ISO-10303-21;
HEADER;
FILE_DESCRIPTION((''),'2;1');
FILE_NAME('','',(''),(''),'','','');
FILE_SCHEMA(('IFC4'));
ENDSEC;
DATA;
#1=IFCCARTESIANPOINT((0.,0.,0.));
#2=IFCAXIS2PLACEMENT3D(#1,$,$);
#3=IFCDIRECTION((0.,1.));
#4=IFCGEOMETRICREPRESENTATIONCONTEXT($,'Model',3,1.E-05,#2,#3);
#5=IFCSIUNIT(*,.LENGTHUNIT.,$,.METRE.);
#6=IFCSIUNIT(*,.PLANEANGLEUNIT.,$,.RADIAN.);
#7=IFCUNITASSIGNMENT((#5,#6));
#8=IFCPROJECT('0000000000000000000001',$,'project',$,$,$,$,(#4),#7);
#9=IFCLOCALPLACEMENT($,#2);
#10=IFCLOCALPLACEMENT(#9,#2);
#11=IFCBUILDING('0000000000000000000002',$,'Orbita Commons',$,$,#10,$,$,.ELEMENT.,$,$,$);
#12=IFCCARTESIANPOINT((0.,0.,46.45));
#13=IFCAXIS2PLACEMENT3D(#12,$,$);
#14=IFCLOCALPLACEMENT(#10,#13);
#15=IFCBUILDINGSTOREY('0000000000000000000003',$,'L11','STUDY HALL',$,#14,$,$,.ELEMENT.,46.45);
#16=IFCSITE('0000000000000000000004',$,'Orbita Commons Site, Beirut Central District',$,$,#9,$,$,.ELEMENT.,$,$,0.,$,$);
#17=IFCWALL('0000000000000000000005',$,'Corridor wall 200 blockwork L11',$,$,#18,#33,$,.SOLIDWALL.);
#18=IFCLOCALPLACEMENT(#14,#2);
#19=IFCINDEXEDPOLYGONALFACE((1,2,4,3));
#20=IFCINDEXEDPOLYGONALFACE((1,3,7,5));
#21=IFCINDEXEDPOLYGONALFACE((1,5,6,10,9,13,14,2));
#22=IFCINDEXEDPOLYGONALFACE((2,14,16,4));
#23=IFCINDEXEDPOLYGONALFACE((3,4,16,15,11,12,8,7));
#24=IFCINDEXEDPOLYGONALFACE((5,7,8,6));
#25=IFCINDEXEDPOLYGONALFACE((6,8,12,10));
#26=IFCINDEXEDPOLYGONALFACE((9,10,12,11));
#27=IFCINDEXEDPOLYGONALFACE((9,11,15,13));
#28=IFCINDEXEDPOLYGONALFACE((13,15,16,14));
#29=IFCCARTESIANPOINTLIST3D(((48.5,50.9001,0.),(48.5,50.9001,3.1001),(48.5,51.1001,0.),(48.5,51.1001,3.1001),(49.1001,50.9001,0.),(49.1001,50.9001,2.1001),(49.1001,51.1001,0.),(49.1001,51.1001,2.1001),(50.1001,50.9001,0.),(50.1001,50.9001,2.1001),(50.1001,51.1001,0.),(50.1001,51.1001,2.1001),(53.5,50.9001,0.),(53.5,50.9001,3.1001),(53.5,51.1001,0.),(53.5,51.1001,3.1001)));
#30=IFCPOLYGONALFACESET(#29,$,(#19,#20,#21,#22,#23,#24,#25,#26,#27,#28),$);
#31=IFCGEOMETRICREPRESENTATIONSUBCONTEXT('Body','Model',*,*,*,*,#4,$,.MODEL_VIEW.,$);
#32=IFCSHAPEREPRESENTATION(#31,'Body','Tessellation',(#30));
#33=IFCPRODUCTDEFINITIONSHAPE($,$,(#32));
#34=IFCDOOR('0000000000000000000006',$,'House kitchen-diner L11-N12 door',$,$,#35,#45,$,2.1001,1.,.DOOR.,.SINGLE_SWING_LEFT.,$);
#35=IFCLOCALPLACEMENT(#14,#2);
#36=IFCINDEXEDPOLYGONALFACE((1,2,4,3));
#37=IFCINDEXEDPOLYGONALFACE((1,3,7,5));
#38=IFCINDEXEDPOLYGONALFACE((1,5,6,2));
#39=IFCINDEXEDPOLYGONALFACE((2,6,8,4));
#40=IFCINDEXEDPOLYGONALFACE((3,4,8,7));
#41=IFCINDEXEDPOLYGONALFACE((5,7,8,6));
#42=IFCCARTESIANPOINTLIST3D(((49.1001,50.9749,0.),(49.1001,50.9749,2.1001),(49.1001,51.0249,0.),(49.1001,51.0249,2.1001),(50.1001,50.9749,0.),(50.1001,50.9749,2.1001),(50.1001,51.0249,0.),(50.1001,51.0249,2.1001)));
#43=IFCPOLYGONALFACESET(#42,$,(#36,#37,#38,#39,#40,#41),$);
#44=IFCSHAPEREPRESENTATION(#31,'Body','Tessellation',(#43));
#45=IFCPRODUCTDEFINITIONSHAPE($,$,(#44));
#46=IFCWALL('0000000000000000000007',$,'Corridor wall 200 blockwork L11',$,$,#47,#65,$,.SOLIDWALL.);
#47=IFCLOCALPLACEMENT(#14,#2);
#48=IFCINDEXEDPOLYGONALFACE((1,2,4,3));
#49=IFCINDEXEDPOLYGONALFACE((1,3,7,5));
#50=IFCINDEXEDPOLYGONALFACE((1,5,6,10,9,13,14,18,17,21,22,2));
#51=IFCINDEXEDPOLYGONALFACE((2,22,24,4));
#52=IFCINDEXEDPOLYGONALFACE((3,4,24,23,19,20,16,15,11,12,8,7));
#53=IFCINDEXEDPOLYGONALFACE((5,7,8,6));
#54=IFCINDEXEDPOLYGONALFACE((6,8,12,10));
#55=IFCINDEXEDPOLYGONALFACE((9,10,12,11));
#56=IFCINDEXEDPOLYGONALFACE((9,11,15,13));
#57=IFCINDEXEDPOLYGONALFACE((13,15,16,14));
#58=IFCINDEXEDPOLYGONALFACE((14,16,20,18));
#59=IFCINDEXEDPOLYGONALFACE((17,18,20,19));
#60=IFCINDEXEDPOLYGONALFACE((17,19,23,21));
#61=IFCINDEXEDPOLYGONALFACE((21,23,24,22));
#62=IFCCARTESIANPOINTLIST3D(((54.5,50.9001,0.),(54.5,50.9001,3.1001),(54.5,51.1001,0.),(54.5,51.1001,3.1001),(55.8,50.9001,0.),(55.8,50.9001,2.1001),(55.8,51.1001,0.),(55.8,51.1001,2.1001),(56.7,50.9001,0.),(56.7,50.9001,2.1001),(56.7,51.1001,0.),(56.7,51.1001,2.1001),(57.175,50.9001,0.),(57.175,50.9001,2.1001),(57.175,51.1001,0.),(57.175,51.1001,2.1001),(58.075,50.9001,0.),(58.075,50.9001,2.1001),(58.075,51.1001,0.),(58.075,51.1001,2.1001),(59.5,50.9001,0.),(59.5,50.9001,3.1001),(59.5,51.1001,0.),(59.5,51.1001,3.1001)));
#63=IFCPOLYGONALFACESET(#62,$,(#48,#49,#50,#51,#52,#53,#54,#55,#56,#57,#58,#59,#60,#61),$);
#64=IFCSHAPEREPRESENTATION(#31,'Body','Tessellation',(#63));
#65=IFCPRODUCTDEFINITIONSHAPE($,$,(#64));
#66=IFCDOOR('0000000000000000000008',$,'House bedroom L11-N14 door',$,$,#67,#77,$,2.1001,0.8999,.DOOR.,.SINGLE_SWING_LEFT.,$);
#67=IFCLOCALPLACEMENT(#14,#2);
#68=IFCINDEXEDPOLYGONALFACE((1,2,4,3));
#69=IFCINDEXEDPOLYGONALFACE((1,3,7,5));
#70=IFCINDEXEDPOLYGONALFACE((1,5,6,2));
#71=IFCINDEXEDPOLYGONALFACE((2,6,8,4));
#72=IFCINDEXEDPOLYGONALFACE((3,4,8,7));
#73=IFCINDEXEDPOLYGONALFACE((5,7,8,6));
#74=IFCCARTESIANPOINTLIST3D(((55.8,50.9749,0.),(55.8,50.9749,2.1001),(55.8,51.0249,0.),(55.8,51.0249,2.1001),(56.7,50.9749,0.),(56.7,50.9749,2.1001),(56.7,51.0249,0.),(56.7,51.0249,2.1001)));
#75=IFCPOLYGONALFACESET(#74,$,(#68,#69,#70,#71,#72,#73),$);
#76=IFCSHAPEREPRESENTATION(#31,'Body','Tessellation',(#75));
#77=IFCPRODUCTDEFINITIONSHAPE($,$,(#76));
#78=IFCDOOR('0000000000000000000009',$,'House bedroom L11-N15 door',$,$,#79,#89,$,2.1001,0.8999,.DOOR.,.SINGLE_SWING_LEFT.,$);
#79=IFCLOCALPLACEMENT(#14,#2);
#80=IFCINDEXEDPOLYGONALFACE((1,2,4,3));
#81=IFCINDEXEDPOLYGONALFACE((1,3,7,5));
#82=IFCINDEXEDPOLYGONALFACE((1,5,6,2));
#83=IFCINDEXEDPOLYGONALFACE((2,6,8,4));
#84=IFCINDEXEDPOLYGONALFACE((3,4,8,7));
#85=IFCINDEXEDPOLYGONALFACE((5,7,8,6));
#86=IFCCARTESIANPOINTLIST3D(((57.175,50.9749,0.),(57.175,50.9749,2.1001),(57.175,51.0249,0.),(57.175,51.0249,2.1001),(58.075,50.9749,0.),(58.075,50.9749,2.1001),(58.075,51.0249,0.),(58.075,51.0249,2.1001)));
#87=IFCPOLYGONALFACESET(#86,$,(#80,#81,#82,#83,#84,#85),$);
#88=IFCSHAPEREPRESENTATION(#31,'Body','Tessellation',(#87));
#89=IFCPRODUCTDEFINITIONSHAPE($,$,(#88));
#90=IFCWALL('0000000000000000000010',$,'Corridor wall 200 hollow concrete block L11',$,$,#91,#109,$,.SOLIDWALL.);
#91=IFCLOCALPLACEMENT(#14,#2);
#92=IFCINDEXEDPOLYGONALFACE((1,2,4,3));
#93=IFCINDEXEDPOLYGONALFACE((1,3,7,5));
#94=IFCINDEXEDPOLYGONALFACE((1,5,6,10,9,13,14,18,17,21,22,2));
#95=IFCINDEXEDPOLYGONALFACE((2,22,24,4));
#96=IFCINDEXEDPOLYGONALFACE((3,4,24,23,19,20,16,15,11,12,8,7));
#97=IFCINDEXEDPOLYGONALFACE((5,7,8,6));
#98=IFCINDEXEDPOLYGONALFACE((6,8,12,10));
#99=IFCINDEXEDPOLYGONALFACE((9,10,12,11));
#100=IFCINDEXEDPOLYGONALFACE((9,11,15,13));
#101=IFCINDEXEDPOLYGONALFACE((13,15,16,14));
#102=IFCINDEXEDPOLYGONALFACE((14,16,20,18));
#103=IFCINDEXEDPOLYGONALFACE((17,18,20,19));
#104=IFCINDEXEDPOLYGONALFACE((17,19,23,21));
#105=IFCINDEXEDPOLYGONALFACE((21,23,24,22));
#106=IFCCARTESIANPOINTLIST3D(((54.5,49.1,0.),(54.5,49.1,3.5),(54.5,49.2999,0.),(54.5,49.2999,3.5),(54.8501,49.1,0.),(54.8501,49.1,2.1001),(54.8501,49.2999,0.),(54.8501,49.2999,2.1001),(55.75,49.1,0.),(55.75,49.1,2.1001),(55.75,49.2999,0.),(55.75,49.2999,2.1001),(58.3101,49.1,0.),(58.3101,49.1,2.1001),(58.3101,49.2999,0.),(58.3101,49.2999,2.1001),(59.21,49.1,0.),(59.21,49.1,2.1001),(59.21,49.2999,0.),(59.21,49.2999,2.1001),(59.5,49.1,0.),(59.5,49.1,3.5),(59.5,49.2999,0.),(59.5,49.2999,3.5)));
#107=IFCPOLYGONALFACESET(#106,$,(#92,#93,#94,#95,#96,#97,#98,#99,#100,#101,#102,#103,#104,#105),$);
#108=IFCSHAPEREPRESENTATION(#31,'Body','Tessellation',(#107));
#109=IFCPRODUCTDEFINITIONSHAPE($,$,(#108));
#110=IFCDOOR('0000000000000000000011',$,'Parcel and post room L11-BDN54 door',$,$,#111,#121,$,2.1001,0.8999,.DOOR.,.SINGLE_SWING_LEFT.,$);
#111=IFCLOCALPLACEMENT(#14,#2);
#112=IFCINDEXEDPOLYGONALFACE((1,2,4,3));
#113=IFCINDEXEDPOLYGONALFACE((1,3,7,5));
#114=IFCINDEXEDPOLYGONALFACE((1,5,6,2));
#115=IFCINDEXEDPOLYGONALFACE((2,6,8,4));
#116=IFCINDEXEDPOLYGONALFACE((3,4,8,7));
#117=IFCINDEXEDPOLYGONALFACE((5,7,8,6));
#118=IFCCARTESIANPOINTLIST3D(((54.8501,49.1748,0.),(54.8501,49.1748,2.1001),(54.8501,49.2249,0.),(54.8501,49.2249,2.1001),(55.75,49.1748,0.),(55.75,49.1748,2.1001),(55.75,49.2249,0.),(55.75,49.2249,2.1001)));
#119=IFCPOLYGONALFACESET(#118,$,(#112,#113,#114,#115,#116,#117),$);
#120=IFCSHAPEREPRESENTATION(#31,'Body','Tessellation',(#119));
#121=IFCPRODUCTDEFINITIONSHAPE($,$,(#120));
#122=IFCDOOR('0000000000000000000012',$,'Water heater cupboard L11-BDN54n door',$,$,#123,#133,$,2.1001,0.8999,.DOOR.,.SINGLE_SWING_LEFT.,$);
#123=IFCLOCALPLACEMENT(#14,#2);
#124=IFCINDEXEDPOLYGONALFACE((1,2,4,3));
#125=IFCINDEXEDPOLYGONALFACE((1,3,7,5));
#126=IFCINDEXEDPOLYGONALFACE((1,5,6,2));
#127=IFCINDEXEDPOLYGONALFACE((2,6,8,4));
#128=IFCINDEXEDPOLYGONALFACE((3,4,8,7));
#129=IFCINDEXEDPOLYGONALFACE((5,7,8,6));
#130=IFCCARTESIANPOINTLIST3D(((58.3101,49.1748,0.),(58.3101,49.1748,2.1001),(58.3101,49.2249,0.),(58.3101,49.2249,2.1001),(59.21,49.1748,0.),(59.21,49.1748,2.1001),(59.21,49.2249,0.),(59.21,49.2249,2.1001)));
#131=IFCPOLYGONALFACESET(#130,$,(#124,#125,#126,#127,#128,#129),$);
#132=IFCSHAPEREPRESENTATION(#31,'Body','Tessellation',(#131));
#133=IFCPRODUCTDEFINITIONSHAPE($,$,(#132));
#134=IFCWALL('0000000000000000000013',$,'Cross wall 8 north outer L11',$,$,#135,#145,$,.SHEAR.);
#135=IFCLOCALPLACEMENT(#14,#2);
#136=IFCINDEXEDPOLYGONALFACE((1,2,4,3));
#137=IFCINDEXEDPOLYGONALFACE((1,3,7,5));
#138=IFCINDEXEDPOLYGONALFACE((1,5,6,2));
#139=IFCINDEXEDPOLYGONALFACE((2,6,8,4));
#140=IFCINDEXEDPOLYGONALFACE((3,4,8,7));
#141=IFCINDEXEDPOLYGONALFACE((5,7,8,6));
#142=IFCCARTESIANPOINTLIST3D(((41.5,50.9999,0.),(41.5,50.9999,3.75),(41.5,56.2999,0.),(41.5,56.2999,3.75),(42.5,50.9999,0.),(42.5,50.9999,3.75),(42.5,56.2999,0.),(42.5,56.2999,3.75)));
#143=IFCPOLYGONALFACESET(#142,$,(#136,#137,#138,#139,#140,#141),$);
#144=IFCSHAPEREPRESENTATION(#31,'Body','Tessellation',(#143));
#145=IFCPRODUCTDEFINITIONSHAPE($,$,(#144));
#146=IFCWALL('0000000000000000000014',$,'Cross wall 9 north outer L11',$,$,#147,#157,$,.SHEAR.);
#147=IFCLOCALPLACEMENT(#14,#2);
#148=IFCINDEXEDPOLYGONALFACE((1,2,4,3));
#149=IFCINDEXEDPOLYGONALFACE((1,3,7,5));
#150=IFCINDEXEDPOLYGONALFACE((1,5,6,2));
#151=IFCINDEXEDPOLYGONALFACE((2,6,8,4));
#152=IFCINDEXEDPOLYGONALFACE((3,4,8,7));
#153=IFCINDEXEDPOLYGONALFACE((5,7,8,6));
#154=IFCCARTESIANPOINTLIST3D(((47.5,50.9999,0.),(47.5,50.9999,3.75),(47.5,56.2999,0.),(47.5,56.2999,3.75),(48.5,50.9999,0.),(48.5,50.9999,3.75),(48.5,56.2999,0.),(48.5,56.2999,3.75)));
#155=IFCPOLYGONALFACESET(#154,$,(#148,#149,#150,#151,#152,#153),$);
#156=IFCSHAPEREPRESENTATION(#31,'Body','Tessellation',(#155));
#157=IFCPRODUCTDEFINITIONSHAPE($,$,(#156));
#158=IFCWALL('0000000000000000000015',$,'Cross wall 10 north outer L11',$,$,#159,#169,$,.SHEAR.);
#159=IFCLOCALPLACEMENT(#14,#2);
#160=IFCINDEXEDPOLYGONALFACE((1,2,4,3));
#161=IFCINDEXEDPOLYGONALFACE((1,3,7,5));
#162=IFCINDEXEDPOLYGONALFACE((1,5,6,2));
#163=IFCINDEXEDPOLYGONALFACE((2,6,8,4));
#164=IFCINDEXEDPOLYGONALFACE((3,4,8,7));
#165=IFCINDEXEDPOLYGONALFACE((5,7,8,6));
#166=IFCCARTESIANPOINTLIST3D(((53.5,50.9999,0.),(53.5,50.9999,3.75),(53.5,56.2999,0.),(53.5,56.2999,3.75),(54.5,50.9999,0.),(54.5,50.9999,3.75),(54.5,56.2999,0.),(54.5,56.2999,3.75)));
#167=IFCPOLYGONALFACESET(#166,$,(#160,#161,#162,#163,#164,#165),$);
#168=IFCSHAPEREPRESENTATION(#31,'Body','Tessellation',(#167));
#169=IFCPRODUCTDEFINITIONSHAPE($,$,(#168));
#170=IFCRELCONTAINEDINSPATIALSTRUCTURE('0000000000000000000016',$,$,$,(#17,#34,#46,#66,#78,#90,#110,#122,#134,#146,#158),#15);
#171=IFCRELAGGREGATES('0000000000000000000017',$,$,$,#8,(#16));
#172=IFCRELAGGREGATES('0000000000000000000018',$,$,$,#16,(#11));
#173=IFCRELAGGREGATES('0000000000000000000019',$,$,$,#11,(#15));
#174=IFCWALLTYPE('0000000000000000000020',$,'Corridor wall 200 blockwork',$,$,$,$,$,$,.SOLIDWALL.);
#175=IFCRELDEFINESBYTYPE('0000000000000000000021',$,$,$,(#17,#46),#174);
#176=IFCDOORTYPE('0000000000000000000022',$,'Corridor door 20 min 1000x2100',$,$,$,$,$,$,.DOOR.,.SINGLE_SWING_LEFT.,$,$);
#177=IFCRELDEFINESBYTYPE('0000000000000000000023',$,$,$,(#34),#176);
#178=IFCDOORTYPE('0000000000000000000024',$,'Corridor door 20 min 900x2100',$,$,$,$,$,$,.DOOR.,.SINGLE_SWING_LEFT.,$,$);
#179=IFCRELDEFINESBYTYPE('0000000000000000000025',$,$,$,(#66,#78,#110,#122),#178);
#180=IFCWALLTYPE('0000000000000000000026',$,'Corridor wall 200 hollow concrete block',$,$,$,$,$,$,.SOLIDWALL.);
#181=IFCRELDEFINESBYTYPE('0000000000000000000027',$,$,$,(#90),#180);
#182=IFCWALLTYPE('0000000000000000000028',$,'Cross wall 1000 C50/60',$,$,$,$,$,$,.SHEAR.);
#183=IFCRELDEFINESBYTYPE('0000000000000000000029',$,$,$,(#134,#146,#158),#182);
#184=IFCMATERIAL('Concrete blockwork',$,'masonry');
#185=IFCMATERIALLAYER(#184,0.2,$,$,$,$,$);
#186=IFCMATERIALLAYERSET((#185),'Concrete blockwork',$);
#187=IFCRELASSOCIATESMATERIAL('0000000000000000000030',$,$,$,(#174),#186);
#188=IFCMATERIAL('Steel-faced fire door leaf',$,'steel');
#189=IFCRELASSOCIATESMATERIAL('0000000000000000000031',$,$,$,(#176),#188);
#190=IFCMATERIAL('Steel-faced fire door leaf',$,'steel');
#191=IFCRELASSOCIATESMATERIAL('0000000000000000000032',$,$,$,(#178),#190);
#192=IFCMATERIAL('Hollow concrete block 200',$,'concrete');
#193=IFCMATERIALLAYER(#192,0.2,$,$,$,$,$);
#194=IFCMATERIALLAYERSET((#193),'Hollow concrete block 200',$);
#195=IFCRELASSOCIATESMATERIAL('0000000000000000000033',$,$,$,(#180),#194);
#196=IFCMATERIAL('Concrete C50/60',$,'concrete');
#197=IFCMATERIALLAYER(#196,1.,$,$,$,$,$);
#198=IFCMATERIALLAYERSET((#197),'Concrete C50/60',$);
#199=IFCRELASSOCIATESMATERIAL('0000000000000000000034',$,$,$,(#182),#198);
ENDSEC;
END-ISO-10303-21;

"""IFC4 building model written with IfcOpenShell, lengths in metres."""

from ifc_helpers import new_model, si_unit, direction, frame, frame_2d, origin, place, context, subcontext, project, spatial, polyline, rectangle, outline, extrude, material, layer, layer_set, type_object, element, fill, save


model = new_model("IFC4")

# Units and contexts
model_context = context("Model", 3, precision=1e-05, world=origin(), true_north=direction((0.0, 1.0)))
body_context = subcontext(model_context, "Body", "Model", "MODEL_VIEW")
ifc_project = project(units=[si_unit("LENGTHUNIT", "METRE"), si_unit("PLANEANGLEUNIT", "RADIAN")], contexts=[model_context])

# Site, building, storey
site_placement = place(None, origin())
site = spatial("IfcSite", under=ifc_project, at=site_placement, Name="Orbita Commons Site, Beirut Central District", CompositionType="ELEMENT", RefElevation=0.0)
building_placement = place(site_placement, origin())
building = spatial("IfcBuilding", under=site, at=building_placement, Name="Orbita Commons", CompositionType="ELEMENT")
storey_placement = place(building_placement, frame((0.0, 0.0, 46.45)))
storey = spatial("IfcBuildingStorey", under=building, at=storey_placement, Name="L11", Description="STUDY HALL", CompositionType="ELEMENT", Elevation=46.45)

# Wall, opening, door
ifc_material_1 = material(Name="Concrete blockwork", Category="masonry")
ifc_layer_1 = layer(ifc_material_1, 0.2)
ifc_layer_set_1 = layer_set([ifc_layer_1], Name="Concrete blockwork")
wall_type_1 = type_object("IfcWallType", Name="Corridor wall 200 blockwork", PredefinedType="SOLIDWALL", material=ifc_layer_set_1)
ifc_material_2 = material(Name="Steel-faced fire door leaf", Category="steel")
door_type_1 = type_object("IfcDoorType", Name="Corridor door 20 min 1000x2100", OperationType="SINGLE_SWING_LEFT", PredefinedType="DOOR", material=ifc_material_2)
wall_1_placement = place(storey_placement, frame((48.5, 51.0, 0.0), z_axis=(0.0, 0.0, 1.0), x_axis=(1.0, 0.0, 0.0)))
wall_1 = element("IfcWall", 1, at=wall_1_placement, inside=storey, type_object=wall_type_1, Name="Corridor wall 200 blockwork L11", PredefinedType="SOLIDWALL", context=body_context, shape_type="SweptSolid", body=[
    extrude(outline(polyline([(0.0, 0.0), (5.0, 0.0), (5.0, 3.1001), (0.0, 3.1001), (0.0, 0.0)])), frame((0.0, 0.1001, 0.0), z_axis=(0.0, -1.0, 0.0), x_axis=(1.0, 0.0, 0.0)), (0.0, 0.0, 1.0), 0.2),
])
opening_1_placement = place(wall_1_placement, frame((0.6001, 0.0, 0.0)))
opening_1 = element("IfcOpeningElement", 2, at=opening_1_placement, cuts=wall_1, PredefinedType="OPENING", context=body_context, shape_type="SweptSolid", body=[
    extrude(rectangle(XDim=1.0, YDim=2.1001, at=frame_2d((0.5, 1.05))), frame((0.0, 0.1099, 0.0), z_axis=(0.0, -1.0, 0.0), x_axis=(1.0, 0.0, 0.0)), (0.0, 0.0, 1.0), 0.22),
])
door_1_placement = place(opening_1_placement, origin())
door_1 = element("IfcDoor", 3, at=door_1_placement, inside=storey, type_object=door_type_1, Name="House kitchen-diner L11-N12 door", OperationType="SINGLE_SWING_LEFT", OverallHeight=2.1001, OverallWidth=1.0, PredefinedType="DOOR", context=body_context, shape_type="SweptSolid", body=[
    extrude(rectangle(XDim=1.0, YDim=2.1001, at=frame_2d((0.5, 1.05))), frame((0.0, 0.0249, 0.0), z_axis=(0.0, -1.0, 0.0), x_axis=(1.0, 0.0, 0.0)), (0.0, 0.0, 1.0), 0.05),
])
fill(opening_1, door_1)

# Walls, openings, doors
wall_2_placement = place(storey_placement, frame((54.5, 51.0, 0.0), z_axis=(0.0, 0.0, 1.0), x_axis=(1.0, 0.0, 0.0)))
wall_2 = element("IfcWall", 4, at=wall_2_placement, inside=storey, type_object=wall_type_1, Name="Corridor wall 200 blockwork L11", PredefinedType="SOLIDWALL", context=body_context, shape_type="SweptSolid", body=[
    extrude(outline(polyline([(0.0, 0.0), (5.0, 0.0), (5.0, 3.1001), (0.0, 3.1001), (0.0, 0.0)])), frame((0.0, 0.1001, 0.0), z_axis=(0.0, -1.0, 0.0), x_axis=(1.0, 0.0, 0.0)), (0.0, 0.0, 1.0), 0.2),
])
opening_2_placement = place(wall_2_placement, frame((1.3, 0.0, 0.0)))
opening_2 = element("IfcOpeningElement", 5, at=opening_2_placement, cuts=wall_2, PredefinedType="OPENING", context=body_context, shape_type="SweptSolid", body=[
    extrude(rectangle(XDim=0.8999, YDim=2.1001, at=frame_2d((0.45, 1.05))), frame((0.0, 0.1099, 0.0), z_axis=(0.0, -1.0, 0.0), x_axis=(1.0, 0.0, 0.0)), (0.0, 0.0, 1.0), 0.22),
])
opening_3_placement = place(wall_2_placement, frame((2.675, 0.0, 0.0)))
opening_3 = element("IfcOpeningElement", 6, at=opening_3_placement, cuts=wall_2, PredefinedType="OPENING", context=body_context, shape_type="SweptSolid", body=[
    extrude(rectangle(XDim=0.8999, YDim=2.1001, at=frame_2d((0.45, 1.05))), frame((0.0, 0.1099, 0.0), z_axis=(0.0, -1.0, 0.0), x_axis=(1.0, 0.0, 0.0)), (0.0, 0.0, 1.0), 0.22),
])
ifc_material_3 = material(Name="Steel-faced fire door leaf", Category="steel")
door_type_2 = type_object("IfcDoorType", Name="Corridor door 20 min 900x2100", OperationType="SINGLE_SWING_LEFT", PredefinedType="DOOR", material=ifc_material_3)
door_2_placement = place(opening_2_placement, origin())
door_2 = element("IfcDoor", 7, at=door_2_placement, inside=storey, type_object=door_type_2, Name="House bedroom L11-N14 door", OperationType="SINGLE_SWING_LEFT", OverallHeight=2.1001, OverallWidth=0.8999, PredefinedType="DOOR", context=body_context, shape_type="SweptSolid", body=[
    extrude(rectangle(XDim=0.8999, YDim=2.1001, at=frame_2d((0.45, 1.05))), frame((0.0, 0.0249, 0.0), z_axis=(0.0, -1.0, 0.0), x_axis=(1.0, 0.0, 0.0)), (0.0, 0.0, 1.0), 0.05),
])
fill(opening_2, door_2)
door_3_placement = place(opening_3_placement, origin())
door_3 = element("IfcDoor", 8, at=door_3_placement, inside=storey, type_object=door_type_2, Name="House bedroom L11-N15 door", OperationType="SINGLE_SWING_LEFT", OverallHeight=2.1001, OverallWidth=0.8999, PredefinedType="DOOR", context=body_context, shape_type="SweptSolid", body=[
    extrude(rectangle(XDim=0.8999, YDim=2.1001, at=frame_2d((0.45, 1.05))), frame((0.0, 0.0249, 0.0), z_axis=(0.0, -1.0, 0.0), x_axis=(1.0, 0.0, 0.0)), (0.0, 0.0, 1.0), 0.05),
])
fill(opening_3, door_3)
ifc_material_4 = material(Name="Hollow concrete block 200", Category="concrete")
ifc_layer_2 = layer(ifc_material_4, 0.2)
ifc_layer_set_2 = layer_set([ifc_layer_2], Name="Hollow concrete block 200")
wall_type_2 = type_object("IfcWallType", Name="Corridor wall 200 hollow concrete block", PredefinedType="SOLIDWALL", material=ifc_layer_set_2)
wall_3_placement = place(storey_placement, frame((54.5, 49.2, 0.0), z_axis=(0.0, 0.0, 1.0), x_axis=(1.0, 0.0, 0.0)))
wall_3 = element("IfcWall", 9, at=wall_3_placement, inside=storey, type_object=wall_type_2, Name="Corridor wall 200 hollow concrete block L11", PredefinedType="SOLIDWALL", context=body_context, shape_type="SweptSolid", body=[
    extrude(rectangle(XDim=5.0, YDim=0.2, at=frame_2d((2.5, 0.0))), origin(), (0.0, 0.0, 1.0), 3.5),
])
opening_4_placement = place(wall_3_placement, frame((0.3501, 0.0, 0.0)))
opening_4 = element("IfcOpeningElement", 10, at=opening_4_placement, cuts=wall_3, PredefinedType="OPENING", context=body_context, shape_type="SweptSolid", body=[
    extrude(rectangle(XDim=0.8999, YDim=2.1001, at=frame_2d((0.45, 1.05))), frame((0.0, 0.1099, 0.0), z_axis=(0.0, -1.0, 0.0), x_axis=(1.0, 0.0, 0.0)), (0.0, 0.0, 1.0), 0.22),
])
opening_5_placement = place(wall_3_placement, frame((3.8101, 0.0, 0.0)))
opening_5 = element("IfcOpeningElement", 11, at=opening_5_placement, cuts=wall_3, PredefinedType="OPENING", context=body_context, shape_type="SweptSolid", body=[
    extrude(rectangle(XDim=0.8999, YDim=2.1001, at=frame_2d((0.45, 1.05))), frame((0.0, 0.1099, 0.0), z_axis=(0.0, -1.0, 0.0), x_axis=(1.0, 0.0, 0.0)), (0.0, 0.0, 1.0), 0.22),
])
door_4_placement = place(opening_4_placement, origin())
door_4 = element("IfcDoor", 12, at=door_4_placement, inside=storey, type_object=door_type_2, Name="Parcel and post room L11-BDN54 door", OperationType="SINGLE_SWING_LEFT", OverallHeight=2.1001, OverallWidth=0.8999, PredefinedType="DOOR", context=body_context, shape_type="SweptSolid", body=[
    extrude(rectangle(XDim=0.8999, YDim=2.1001, at=frame_2d((0.45, 1.05))), frame((0.0, 0.0249, 0.0), z_axis=(0.0, -1.0, 0.0), x_axis=(1.0, 0.0, 0.0)), (0.0, 0.0, 1.0), 0.05),
])
fill(opening_4, door_4)
door_5_placement = place(opening_5_placement, origin())
door_5 = element("IfcDoor", 13, at=door_5_placement, inside=storey, type_object=door_type_2, Name="Water heater cupboard L11-BDN54n door", OperationType="SINGLE_SWING_LEFT", OverallHeight=2.1001, OverallWidth=0.8999, PredefinedType="DOOR", context=body_context, shape_type="SweptSolid", body=[
    extrude(rectangle(XDim=0.8999, YDim=2.1001, at=frame_2d((0.45, 1.05))), frame((0.0, 0.0249, 0.0), z_axis=(0.0, -1.0, 0.0), x_axis=(1.0, 0.0, 0.0)), (0.0, 0.0, 1.0), 0.05),
])
fill(opening_5, door_5)

# Walls
ifc_material_5 = material(Name="Concrete C50/60", Category="concrete")
ifc_layer_3 = layer(ifc_material_5, 1.0)
ifc_layer_set_3 = layer_set([ifc_layer_3], Name="Concrete C50/60")
wall_type_3 = type_object("IfcWallType", Name="Cross wall 1000 C50/60", PredefinedType="SHEAR", material=ifc_layer_set_3)
for number, where, z_axis, x_axis, name in (
    (14, (42.0, 51.0, 0.0), (0.0, 0.0, 1.0), (0.0, 1.0, 0.0), "Cross wall 8 north outer L11"),
    (15, (48.0, 51.0, 0.0), (0.0, 0.0, 1.0), (0.0, 1.0, 0.0), "Cross wall 9 north outer L11"),
    (16, (54.0, 51.0, 0.0), (0.0, 0.0, 1.0), (0.0, 1.0, 0.0), "Cross wall 10 north outer L11"),
):
    element("IfcWall", number, at=place(storey_placement, frame(where, z_axis=z_axis, x_axis=x_axis)), inside=storey, type_object=wall_type_3, Name=name, PredefinedType="SHEAR", context=body_context, shape_type="SweptSolid", body=[
        extrude(rectangle(XDim=5.3, YDim=1.0, at=frame_2d((2.6499, 0.0))), origin(), (0.0, 0.0, 1.0), 3.75),
    ])

save(model, "model.ifc")
